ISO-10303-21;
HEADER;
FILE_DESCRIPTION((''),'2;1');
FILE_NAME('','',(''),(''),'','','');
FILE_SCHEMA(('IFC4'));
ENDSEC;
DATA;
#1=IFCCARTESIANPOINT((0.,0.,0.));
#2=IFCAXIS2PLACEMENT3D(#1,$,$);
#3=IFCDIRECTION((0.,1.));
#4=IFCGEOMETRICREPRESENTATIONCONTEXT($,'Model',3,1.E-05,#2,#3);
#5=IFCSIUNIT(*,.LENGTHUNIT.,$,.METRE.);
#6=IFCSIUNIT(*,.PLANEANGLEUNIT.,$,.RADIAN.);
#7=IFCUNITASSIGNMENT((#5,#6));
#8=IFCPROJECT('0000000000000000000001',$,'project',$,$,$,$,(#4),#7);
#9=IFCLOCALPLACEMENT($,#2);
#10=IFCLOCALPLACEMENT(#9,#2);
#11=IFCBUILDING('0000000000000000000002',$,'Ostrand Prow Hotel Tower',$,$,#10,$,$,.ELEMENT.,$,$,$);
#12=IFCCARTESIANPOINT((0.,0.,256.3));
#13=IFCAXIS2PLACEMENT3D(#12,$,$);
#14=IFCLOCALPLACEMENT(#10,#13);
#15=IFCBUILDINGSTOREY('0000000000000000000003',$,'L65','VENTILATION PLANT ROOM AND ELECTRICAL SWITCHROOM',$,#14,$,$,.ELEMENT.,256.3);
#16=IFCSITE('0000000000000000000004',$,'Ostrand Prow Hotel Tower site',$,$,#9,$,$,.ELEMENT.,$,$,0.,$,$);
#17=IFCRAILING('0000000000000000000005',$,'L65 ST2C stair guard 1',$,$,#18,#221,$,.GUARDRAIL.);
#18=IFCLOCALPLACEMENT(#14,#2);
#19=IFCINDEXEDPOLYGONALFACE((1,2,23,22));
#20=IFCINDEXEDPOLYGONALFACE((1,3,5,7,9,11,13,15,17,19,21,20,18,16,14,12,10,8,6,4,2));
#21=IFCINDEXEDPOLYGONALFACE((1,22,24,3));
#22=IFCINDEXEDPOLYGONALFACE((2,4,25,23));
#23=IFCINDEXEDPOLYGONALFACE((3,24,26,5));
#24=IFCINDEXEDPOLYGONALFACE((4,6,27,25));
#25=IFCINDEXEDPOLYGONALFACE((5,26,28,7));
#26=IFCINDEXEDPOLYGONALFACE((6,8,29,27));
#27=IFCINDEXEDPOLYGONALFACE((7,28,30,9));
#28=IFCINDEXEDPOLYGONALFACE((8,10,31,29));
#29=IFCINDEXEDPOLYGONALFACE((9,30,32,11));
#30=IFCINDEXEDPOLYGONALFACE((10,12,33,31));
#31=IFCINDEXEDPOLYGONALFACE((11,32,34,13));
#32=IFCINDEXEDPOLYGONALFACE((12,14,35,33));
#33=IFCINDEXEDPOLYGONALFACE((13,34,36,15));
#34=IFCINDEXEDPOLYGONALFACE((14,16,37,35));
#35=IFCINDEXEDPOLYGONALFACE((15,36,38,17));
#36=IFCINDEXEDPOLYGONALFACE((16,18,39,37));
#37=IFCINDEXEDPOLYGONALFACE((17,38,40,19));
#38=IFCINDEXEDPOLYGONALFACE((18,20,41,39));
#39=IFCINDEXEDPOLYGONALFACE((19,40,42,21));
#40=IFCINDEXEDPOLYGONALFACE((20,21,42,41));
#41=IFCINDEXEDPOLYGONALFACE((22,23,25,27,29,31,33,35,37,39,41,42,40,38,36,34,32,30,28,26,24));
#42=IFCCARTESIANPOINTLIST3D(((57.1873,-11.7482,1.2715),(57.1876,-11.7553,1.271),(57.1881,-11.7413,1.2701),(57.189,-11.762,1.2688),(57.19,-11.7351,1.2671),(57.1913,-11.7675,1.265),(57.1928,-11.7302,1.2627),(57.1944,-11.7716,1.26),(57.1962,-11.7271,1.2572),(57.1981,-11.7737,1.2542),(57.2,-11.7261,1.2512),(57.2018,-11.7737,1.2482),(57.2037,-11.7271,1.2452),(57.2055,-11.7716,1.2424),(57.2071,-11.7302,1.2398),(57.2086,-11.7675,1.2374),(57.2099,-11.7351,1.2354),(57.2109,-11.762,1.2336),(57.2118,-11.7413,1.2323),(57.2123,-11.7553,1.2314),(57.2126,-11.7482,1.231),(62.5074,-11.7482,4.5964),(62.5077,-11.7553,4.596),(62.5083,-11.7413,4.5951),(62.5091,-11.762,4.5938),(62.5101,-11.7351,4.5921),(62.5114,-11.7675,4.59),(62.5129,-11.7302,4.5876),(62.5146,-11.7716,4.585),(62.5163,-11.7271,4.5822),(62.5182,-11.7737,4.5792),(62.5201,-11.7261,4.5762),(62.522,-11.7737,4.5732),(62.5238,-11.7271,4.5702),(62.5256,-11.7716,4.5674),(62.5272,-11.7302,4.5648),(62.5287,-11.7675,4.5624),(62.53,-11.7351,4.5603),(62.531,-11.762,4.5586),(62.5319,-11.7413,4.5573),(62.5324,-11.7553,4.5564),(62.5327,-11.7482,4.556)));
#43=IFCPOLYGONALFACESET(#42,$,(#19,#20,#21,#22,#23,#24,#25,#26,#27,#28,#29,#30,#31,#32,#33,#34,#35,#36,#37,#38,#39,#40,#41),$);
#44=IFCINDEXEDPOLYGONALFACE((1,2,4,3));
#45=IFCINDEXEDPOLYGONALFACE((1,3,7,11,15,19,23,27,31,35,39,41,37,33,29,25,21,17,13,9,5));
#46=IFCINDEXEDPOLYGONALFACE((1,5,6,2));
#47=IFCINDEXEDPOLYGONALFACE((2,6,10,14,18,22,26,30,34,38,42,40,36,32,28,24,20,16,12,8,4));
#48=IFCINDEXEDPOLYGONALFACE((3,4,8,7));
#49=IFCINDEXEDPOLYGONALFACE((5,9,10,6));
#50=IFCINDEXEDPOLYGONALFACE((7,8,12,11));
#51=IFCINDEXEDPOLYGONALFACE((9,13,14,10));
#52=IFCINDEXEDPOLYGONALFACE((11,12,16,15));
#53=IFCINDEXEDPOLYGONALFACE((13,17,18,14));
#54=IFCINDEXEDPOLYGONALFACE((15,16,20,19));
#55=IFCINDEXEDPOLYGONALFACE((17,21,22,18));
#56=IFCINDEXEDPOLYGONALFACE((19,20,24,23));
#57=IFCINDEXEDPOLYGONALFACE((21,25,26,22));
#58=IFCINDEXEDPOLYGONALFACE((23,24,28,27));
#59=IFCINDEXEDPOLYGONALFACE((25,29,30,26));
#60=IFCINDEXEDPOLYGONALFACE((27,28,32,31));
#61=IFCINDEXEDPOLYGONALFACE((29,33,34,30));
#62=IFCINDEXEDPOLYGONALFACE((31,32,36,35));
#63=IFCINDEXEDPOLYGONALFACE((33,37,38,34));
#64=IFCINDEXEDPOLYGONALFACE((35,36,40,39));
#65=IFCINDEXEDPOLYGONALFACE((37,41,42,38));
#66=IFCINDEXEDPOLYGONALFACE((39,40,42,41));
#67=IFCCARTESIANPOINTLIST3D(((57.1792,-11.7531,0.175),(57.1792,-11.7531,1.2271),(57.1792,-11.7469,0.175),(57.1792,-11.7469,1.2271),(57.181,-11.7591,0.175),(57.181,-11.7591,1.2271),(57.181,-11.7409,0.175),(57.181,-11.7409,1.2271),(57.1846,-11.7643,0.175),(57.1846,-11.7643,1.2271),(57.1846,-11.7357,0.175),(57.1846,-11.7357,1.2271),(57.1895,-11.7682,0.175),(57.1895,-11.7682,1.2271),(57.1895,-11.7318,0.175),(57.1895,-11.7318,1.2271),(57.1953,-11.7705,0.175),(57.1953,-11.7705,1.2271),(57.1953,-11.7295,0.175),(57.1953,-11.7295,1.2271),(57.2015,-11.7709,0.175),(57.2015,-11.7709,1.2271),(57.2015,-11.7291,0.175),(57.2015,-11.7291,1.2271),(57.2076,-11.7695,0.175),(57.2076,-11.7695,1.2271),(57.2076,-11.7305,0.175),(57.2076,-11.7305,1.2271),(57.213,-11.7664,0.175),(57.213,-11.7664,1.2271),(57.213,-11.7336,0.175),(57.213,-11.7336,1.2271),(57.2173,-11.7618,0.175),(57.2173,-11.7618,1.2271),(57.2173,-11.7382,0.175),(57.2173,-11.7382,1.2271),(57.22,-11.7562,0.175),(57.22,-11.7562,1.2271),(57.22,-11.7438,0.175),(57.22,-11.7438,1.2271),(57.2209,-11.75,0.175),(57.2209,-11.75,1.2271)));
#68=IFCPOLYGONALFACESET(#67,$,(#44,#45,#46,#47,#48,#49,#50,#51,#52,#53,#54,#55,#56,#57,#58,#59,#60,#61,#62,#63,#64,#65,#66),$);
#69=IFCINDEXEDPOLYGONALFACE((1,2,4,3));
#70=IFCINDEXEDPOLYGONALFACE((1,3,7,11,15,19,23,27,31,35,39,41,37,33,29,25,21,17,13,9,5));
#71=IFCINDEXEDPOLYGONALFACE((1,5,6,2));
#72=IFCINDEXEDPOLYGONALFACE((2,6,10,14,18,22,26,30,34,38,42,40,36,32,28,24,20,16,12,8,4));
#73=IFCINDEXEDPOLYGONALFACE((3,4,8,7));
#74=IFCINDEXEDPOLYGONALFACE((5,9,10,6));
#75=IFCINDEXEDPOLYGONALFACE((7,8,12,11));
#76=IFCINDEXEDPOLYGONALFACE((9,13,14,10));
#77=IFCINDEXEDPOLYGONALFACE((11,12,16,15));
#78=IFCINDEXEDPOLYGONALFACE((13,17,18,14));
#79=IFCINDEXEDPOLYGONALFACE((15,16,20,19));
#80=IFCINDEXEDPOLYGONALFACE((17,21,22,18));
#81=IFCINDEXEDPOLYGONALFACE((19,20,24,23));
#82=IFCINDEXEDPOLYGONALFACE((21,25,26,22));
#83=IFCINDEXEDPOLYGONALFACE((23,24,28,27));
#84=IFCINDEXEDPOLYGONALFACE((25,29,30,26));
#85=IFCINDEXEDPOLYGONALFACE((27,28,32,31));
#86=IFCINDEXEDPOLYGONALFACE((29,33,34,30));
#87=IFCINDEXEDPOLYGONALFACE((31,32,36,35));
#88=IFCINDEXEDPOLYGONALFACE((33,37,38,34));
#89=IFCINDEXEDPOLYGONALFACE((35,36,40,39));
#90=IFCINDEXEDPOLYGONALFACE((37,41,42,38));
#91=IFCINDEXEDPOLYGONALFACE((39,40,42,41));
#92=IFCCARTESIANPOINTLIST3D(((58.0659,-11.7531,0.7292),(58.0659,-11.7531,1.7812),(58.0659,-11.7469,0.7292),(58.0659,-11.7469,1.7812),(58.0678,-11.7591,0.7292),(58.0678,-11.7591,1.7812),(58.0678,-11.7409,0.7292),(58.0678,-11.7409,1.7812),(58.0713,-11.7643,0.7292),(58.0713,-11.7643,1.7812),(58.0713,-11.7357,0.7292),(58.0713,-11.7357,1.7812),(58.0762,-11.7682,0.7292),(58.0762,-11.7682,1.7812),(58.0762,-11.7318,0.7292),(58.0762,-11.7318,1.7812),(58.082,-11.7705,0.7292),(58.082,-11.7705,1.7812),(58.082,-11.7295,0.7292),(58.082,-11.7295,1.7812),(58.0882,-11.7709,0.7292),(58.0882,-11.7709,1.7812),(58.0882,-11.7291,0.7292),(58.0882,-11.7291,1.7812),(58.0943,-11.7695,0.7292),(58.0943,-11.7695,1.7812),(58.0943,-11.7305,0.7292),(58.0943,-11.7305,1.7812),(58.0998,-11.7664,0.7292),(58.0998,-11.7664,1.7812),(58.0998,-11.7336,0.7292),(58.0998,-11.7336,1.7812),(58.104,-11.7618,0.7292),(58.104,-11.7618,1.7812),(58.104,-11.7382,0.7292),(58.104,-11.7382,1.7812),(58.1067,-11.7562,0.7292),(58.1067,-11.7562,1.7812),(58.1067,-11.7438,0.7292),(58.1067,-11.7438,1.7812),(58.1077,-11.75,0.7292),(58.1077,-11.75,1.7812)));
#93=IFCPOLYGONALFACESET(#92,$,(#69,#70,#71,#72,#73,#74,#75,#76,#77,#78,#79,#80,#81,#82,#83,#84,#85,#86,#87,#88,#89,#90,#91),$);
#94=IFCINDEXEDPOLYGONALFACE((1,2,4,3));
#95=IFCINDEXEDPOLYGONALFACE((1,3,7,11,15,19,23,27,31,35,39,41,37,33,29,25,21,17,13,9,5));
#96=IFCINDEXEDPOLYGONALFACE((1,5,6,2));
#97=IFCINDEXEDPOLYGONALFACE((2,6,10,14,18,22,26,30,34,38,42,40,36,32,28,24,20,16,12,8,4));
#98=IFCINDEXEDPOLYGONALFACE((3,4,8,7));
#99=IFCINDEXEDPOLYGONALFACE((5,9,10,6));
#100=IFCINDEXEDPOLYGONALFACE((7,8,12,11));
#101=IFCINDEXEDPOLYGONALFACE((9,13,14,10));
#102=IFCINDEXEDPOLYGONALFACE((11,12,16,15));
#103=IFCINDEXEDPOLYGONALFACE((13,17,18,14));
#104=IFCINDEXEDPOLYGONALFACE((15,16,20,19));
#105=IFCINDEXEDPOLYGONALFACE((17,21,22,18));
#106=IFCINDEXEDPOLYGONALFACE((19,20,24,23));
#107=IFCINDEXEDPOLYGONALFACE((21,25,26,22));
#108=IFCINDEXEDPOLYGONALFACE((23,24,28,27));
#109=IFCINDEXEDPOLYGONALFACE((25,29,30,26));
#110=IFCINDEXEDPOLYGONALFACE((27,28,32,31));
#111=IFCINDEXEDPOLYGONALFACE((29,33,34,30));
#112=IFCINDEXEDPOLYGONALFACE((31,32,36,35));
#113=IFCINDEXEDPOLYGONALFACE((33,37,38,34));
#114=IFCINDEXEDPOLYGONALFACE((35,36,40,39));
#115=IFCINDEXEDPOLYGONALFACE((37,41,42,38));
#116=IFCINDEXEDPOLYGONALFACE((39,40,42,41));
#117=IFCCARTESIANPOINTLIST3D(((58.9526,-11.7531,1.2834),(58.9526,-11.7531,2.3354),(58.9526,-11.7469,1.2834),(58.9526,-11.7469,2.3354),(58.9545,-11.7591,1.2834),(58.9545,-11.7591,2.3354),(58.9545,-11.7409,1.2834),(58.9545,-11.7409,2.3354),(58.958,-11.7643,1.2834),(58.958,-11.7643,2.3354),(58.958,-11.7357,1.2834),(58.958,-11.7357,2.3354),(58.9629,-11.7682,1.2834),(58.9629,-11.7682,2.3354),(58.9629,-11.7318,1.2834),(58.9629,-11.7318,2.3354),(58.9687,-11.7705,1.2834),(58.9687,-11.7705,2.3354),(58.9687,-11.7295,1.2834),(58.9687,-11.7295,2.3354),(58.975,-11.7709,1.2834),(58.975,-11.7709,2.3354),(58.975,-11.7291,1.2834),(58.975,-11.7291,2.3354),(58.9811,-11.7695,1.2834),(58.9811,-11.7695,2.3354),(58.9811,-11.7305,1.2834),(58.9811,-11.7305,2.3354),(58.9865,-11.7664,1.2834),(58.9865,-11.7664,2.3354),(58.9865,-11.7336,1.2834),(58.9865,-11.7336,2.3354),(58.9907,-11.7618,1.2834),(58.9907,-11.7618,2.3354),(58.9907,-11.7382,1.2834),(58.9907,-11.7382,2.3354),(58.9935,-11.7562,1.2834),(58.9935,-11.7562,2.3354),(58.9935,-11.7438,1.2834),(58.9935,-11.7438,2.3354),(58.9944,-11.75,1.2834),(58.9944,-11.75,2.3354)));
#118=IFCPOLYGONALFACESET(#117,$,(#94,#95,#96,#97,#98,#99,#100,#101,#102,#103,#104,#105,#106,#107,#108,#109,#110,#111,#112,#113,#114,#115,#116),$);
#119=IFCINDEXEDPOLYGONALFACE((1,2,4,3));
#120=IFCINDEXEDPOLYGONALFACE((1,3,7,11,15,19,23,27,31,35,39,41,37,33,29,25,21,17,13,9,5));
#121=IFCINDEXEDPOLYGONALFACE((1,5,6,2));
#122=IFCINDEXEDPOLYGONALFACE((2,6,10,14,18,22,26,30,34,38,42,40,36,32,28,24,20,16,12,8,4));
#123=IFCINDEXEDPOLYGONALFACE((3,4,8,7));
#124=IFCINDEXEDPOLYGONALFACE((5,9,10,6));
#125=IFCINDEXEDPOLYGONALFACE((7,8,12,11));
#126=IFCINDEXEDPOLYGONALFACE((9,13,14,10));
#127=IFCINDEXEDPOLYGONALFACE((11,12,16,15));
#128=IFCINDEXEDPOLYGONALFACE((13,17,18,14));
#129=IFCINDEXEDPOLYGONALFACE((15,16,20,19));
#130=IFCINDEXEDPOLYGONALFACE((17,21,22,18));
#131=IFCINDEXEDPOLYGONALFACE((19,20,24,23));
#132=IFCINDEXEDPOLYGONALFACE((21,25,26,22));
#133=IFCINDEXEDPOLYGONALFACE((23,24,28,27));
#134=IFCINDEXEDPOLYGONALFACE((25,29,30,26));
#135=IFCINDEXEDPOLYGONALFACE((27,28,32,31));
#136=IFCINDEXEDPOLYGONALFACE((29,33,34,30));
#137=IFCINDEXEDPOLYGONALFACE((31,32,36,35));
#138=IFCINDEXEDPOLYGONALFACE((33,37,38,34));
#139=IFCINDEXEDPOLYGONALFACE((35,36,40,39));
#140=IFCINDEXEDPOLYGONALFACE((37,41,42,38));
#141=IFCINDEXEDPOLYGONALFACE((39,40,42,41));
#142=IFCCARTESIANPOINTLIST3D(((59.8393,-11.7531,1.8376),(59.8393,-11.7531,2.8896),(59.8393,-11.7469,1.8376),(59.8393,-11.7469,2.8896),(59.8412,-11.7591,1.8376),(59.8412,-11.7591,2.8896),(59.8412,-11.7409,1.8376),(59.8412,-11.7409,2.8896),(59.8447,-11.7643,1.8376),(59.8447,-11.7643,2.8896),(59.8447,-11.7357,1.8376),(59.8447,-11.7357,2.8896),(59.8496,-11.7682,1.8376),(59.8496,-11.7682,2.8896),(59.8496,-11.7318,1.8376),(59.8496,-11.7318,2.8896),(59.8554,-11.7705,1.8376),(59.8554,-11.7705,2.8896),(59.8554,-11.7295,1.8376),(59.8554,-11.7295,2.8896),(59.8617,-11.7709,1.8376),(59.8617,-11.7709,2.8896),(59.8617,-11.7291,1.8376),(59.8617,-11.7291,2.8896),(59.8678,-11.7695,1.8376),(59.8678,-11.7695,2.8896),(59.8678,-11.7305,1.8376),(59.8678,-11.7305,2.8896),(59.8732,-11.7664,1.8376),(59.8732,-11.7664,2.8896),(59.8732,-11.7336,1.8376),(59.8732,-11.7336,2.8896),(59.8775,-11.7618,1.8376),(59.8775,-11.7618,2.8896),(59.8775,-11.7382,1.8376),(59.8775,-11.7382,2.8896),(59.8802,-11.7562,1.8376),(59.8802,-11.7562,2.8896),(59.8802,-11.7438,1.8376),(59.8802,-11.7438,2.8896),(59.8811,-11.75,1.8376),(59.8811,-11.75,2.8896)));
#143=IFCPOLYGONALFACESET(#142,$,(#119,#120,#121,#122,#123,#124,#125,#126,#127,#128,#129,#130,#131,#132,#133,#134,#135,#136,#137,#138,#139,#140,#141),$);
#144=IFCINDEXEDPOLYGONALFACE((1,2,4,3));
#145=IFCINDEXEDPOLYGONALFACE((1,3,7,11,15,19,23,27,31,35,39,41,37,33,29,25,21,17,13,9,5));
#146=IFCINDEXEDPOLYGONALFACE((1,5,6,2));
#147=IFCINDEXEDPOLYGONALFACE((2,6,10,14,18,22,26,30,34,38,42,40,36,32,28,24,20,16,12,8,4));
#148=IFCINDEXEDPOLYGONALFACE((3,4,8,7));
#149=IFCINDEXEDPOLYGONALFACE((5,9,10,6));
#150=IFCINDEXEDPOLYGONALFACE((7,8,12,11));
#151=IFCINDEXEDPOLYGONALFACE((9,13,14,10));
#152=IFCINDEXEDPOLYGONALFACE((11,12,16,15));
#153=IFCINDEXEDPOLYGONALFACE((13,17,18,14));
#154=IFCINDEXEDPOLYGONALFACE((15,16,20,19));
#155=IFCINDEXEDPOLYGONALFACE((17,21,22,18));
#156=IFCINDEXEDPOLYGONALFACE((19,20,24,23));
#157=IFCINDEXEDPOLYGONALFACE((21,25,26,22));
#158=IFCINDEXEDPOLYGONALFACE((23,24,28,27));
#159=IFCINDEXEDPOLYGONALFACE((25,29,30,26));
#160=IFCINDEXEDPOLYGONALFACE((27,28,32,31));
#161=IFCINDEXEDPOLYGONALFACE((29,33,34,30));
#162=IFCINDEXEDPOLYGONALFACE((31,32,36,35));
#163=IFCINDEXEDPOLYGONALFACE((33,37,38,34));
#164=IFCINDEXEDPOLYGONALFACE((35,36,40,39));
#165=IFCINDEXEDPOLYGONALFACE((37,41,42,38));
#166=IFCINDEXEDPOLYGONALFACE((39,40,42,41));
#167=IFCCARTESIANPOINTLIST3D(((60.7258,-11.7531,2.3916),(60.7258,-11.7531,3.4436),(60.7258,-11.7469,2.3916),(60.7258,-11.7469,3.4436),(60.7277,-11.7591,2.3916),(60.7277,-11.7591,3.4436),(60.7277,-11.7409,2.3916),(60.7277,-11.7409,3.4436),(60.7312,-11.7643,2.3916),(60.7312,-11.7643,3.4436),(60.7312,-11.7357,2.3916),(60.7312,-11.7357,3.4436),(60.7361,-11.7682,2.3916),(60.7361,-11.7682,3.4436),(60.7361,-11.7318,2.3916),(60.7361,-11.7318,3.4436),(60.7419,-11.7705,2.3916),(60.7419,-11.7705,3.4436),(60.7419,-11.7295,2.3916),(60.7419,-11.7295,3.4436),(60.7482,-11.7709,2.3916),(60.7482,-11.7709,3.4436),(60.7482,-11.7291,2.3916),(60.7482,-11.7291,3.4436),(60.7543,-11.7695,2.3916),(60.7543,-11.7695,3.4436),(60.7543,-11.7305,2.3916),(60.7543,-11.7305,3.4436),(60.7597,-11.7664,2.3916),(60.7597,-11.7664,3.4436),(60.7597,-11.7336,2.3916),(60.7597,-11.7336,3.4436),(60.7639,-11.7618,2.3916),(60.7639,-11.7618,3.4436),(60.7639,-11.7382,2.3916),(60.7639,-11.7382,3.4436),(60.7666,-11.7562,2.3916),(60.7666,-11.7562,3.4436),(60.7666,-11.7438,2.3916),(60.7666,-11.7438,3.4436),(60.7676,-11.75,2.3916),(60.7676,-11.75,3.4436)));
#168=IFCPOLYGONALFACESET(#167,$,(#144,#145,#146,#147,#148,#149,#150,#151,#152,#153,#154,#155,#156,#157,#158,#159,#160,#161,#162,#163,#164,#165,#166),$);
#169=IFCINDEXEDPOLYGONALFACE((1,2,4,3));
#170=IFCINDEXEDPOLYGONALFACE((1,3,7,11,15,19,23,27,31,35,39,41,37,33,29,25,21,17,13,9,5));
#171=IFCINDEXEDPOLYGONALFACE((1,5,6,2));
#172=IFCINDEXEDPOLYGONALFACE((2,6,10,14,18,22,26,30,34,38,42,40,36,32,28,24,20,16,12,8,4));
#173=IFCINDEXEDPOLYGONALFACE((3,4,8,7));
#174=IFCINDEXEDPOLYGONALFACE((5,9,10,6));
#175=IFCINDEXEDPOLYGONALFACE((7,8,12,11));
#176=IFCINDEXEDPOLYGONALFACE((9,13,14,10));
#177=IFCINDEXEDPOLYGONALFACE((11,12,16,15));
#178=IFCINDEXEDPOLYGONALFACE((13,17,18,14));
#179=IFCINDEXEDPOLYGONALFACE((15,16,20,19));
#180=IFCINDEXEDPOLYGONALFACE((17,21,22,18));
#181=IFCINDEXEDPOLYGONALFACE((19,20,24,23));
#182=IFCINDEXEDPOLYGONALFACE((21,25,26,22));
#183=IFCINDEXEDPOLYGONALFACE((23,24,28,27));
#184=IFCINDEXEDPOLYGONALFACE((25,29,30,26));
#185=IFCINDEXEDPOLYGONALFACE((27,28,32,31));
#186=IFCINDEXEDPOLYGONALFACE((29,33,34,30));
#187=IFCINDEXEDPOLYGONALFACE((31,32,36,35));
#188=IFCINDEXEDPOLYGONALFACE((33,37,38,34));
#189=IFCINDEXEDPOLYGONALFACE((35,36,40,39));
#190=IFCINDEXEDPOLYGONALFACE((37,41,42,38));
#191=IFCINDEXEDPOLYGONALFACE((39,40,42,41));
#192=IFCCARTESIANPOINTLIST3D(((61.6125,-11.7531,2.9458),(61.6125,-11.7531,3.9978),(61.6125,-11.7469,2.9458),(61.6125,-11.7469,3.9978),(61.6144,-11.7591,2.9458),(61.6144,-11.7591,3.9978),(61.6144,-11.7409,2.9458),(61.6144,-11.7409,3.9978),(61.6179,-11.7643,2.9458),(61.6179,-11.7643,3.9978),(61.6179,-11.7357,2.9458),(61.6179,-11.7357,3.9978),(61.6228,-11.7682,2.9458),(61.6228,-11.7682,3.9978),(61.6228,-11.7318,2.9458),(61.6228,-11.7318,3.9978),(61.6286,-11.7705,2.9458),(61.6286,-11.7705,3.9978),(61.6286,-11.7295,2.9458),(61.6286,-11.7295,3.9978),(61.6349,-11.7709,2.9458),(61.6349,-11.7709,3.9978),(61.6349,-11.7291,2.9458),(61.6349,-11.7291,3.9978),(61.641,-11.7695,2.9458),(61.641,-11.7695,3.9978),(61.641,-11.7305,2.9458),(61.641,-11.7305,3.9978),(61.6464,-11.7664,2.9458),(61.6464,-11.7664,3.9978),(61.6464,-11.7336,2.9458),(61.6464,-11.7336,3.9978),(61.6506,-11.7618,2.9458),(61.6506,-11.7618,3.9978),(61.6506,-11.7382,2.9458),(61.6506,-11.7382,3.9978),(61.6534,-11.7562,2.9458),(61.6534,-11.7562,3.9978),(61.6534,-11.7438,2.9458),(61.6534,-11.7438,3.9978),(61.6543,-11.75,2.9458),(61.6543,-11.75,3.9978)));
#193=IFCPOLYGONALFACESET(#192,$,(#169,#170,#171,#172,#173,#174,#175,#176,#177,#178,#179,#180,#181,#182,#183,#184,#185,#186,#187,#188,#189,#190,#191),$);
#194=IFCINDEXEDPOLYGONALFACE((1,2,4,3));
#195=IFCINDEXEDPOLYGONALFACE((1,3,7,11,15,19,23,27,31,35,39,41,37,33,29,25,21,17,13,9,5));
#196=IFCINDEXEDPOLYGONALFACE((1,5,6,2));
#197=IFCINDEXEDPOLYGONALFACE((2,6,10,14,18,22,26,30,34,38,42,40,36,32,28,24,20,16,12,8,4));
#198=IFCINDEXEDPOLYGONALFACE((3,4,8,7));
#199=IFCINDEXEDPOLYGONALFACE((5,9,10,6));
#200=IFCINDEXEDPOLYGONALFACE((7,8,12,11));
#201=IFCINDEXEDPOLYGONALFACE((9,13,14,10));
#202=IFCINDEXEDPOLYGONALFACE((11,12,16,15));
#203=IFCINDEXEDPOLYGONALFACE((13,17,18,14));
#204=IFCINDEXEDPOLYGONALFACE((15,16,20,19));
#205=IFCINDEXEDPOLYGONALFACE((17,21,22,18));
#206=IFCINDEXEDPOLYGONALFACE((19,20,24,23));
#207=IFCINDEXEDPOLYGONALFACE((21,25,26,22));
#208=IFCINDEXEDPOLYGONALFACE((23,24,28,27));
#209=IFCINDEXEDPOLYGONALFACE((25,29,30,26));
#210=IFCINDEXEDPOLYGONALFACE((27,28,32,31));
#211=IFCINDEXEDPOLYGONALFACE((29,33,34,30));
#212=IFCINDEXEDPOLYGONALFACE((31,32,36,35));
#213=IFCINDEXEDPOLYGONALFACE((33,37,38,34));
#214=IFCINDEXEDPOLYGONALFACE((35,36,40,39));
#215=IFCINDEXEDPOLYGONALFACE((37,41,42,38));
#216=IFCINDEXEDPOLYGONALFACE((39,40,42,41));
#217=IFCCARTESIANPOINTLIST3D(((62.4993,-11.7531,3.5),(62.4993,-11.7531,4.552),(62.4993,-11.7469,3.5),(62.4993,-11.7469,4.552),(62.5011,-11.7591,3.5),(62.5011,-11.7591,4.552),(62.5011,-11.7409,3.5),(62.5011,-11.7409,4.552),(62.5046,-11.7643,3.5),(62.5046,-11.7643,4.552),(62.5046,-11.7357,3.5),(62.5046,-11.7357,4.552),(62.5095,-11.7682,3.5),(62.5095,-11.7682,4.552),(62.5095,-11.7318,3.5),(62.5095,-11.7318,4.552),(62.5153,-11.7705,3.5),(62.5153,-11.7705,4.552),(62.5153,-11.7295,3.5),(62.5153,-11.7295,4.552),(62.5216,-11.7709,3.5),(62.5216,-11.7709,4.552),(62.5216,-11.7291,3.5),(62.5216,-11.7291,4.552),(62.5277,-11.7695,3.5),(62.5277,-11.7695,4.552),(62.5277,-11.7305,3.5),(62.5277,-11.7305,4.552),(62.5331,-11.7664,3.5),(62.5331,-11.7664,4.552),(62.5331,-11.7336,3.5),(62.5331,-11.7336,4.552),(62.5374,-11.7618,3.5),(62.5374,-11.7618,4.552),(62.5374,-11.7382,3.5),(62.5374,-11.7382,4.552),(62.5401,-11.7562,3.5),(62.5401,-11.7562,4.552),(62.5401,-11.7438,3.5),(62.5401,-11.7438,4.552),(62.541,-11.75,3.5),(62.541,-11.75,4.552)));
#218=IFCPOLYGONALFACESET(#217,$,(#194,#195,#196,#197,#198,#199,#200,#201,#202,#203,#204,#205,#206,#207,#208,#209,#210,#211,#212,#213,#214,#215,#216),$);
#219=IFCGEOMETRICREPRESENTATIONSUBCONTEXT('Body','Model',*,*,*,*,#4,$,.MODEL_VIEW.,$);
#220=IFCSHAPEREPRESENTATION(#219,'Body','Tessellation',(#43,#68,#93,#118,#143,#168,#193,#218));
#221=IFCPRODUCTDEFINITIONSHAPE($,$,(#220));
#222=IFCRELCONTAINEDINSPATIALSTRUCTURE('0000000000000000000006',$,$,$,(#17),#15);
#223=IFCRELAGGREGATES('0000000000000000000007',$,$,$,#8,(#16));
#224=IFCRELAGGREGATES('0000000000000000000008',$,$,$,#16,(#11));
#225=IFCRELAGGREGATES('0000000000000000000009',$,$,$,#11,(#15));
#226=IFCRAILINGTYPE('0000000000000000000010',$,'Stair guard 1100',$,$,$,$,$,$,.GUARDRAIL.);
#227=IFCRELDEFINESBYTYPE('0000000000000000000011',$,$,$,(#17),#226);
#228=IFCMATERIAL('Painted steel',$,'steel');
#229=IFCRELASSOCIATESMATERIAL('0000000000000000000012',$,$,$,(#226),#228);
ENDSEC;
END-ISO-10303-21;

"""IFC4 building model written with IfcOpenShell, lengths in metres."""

from ifc_helpers import new_model, si_unit, direction, frame, origin, origin_2d, place, context, subcontext, project, spatial, circle, extrude, material, type_object, element, save


model = new_model("IFC4")

# Units and contexts
model_context = context("Model", 3, precision=1e-05, world=origin(), true_north=direction((0.0, 1.0)))
body_context = subcontext(model_context, "Body", "Model", "MODEL_VIEW")
ifc_project = project(units=[si_unit("LENGTHUNIT", "METRE"), si_unit("PLANEANGLEUNIT", "RADIAN")], contexts=[model_context])

# Site, building, storey
site_placement = place(None, origin())
site = spatial("IfcSite", under=ifc_project, at=site_placement, Name="Ostrand Prow Hotel Tower site", CompositionType="ELEMENT", RefElevation=0.0)
building_placement = place(site_placement, origin())
building = spatial("IfcBuilding", under=site, at=building_placement, Name="Ostrand Prow Hotel Tower", CompositionType="ELEMENT")
storey_placement = place(building_placement, frame((0.0, 0.0, 256.3)))
storey = spatial("IfcBuildingStorey", under=building, at=storey_placement, Name="L65", Description="VENTILATION PLANT ROOM AND ELECTRICAL SWITCHROOM", CompositionType="ELEMENT", Elevation=256.3)

# Railing
ifc_material_1 = material(Name="Painted steel", Category="steel")
railing_type_1 = type_object("IfcRailingType", Name="Stair guard 1100", PredefinedType="GUARDRAIL", material=ifc_material_1)
railing_1_placement = place(storey_placement, frame((57.2, -11.75, 0.175)))
element("IfcRailing", 1, at=railing_1_placement, inside=storey, type_object=railing_type_1, Name="L65 ST2C stair guard 1", PredefinedType="GUARDRAIL", context=body_context, shape_type="SweptSolid", body=[
    extrude(circle(Radius=0.0239, at=origin_2d()), frame((0.0, 0.0, 1.0762), z_axis=(0.848005, 0.0, 0.529988), x_axis=(0.0, 1.0, 0.0)), (0.0, 0.0, 1.0), 6.2737),
    extrude(circle(Radius=0.021, at=origin_2d()), origin(), (0.0, 0.0, 1.0), 1.052),
    extrude(circle(Radius=0.021, at=origin_2d()), frame((0.8867, 0.0, 0.5542)), (0.0, 0.0, 1.0), 1.052),
    extrude(circle(Radius=0.021, at=origin_2d()), frame((1.7734, 0.0, 1.1084)), (0.0, 0.0, 1.0), 1.052),
    extrude(circle(Radius=0.021, at=origin_2d()), frame((2.6602, 0.0, 1.6626)), (0.0, 0.0, 1.0), 1.052),
    extrude(circle(Radius=0.021, at=origin_2d()), frame((3.5466, 0.0, 2.2166)), (0.0, 0.0, 1.0), 1.052),
    extrude(circle(Radius=0.021, at=origin_2d()), frame((4.4333, 0.0, 2.7708)), (0.0, 0.0, 1.0), 1.052),
    extrude(circle(Radius=0.021, at=origin_2d()), frame((5.3201, 0.0, 3.325)), (0.0, 0.0, 1.0), 1.052),
])

save(model, "model.ifc")
